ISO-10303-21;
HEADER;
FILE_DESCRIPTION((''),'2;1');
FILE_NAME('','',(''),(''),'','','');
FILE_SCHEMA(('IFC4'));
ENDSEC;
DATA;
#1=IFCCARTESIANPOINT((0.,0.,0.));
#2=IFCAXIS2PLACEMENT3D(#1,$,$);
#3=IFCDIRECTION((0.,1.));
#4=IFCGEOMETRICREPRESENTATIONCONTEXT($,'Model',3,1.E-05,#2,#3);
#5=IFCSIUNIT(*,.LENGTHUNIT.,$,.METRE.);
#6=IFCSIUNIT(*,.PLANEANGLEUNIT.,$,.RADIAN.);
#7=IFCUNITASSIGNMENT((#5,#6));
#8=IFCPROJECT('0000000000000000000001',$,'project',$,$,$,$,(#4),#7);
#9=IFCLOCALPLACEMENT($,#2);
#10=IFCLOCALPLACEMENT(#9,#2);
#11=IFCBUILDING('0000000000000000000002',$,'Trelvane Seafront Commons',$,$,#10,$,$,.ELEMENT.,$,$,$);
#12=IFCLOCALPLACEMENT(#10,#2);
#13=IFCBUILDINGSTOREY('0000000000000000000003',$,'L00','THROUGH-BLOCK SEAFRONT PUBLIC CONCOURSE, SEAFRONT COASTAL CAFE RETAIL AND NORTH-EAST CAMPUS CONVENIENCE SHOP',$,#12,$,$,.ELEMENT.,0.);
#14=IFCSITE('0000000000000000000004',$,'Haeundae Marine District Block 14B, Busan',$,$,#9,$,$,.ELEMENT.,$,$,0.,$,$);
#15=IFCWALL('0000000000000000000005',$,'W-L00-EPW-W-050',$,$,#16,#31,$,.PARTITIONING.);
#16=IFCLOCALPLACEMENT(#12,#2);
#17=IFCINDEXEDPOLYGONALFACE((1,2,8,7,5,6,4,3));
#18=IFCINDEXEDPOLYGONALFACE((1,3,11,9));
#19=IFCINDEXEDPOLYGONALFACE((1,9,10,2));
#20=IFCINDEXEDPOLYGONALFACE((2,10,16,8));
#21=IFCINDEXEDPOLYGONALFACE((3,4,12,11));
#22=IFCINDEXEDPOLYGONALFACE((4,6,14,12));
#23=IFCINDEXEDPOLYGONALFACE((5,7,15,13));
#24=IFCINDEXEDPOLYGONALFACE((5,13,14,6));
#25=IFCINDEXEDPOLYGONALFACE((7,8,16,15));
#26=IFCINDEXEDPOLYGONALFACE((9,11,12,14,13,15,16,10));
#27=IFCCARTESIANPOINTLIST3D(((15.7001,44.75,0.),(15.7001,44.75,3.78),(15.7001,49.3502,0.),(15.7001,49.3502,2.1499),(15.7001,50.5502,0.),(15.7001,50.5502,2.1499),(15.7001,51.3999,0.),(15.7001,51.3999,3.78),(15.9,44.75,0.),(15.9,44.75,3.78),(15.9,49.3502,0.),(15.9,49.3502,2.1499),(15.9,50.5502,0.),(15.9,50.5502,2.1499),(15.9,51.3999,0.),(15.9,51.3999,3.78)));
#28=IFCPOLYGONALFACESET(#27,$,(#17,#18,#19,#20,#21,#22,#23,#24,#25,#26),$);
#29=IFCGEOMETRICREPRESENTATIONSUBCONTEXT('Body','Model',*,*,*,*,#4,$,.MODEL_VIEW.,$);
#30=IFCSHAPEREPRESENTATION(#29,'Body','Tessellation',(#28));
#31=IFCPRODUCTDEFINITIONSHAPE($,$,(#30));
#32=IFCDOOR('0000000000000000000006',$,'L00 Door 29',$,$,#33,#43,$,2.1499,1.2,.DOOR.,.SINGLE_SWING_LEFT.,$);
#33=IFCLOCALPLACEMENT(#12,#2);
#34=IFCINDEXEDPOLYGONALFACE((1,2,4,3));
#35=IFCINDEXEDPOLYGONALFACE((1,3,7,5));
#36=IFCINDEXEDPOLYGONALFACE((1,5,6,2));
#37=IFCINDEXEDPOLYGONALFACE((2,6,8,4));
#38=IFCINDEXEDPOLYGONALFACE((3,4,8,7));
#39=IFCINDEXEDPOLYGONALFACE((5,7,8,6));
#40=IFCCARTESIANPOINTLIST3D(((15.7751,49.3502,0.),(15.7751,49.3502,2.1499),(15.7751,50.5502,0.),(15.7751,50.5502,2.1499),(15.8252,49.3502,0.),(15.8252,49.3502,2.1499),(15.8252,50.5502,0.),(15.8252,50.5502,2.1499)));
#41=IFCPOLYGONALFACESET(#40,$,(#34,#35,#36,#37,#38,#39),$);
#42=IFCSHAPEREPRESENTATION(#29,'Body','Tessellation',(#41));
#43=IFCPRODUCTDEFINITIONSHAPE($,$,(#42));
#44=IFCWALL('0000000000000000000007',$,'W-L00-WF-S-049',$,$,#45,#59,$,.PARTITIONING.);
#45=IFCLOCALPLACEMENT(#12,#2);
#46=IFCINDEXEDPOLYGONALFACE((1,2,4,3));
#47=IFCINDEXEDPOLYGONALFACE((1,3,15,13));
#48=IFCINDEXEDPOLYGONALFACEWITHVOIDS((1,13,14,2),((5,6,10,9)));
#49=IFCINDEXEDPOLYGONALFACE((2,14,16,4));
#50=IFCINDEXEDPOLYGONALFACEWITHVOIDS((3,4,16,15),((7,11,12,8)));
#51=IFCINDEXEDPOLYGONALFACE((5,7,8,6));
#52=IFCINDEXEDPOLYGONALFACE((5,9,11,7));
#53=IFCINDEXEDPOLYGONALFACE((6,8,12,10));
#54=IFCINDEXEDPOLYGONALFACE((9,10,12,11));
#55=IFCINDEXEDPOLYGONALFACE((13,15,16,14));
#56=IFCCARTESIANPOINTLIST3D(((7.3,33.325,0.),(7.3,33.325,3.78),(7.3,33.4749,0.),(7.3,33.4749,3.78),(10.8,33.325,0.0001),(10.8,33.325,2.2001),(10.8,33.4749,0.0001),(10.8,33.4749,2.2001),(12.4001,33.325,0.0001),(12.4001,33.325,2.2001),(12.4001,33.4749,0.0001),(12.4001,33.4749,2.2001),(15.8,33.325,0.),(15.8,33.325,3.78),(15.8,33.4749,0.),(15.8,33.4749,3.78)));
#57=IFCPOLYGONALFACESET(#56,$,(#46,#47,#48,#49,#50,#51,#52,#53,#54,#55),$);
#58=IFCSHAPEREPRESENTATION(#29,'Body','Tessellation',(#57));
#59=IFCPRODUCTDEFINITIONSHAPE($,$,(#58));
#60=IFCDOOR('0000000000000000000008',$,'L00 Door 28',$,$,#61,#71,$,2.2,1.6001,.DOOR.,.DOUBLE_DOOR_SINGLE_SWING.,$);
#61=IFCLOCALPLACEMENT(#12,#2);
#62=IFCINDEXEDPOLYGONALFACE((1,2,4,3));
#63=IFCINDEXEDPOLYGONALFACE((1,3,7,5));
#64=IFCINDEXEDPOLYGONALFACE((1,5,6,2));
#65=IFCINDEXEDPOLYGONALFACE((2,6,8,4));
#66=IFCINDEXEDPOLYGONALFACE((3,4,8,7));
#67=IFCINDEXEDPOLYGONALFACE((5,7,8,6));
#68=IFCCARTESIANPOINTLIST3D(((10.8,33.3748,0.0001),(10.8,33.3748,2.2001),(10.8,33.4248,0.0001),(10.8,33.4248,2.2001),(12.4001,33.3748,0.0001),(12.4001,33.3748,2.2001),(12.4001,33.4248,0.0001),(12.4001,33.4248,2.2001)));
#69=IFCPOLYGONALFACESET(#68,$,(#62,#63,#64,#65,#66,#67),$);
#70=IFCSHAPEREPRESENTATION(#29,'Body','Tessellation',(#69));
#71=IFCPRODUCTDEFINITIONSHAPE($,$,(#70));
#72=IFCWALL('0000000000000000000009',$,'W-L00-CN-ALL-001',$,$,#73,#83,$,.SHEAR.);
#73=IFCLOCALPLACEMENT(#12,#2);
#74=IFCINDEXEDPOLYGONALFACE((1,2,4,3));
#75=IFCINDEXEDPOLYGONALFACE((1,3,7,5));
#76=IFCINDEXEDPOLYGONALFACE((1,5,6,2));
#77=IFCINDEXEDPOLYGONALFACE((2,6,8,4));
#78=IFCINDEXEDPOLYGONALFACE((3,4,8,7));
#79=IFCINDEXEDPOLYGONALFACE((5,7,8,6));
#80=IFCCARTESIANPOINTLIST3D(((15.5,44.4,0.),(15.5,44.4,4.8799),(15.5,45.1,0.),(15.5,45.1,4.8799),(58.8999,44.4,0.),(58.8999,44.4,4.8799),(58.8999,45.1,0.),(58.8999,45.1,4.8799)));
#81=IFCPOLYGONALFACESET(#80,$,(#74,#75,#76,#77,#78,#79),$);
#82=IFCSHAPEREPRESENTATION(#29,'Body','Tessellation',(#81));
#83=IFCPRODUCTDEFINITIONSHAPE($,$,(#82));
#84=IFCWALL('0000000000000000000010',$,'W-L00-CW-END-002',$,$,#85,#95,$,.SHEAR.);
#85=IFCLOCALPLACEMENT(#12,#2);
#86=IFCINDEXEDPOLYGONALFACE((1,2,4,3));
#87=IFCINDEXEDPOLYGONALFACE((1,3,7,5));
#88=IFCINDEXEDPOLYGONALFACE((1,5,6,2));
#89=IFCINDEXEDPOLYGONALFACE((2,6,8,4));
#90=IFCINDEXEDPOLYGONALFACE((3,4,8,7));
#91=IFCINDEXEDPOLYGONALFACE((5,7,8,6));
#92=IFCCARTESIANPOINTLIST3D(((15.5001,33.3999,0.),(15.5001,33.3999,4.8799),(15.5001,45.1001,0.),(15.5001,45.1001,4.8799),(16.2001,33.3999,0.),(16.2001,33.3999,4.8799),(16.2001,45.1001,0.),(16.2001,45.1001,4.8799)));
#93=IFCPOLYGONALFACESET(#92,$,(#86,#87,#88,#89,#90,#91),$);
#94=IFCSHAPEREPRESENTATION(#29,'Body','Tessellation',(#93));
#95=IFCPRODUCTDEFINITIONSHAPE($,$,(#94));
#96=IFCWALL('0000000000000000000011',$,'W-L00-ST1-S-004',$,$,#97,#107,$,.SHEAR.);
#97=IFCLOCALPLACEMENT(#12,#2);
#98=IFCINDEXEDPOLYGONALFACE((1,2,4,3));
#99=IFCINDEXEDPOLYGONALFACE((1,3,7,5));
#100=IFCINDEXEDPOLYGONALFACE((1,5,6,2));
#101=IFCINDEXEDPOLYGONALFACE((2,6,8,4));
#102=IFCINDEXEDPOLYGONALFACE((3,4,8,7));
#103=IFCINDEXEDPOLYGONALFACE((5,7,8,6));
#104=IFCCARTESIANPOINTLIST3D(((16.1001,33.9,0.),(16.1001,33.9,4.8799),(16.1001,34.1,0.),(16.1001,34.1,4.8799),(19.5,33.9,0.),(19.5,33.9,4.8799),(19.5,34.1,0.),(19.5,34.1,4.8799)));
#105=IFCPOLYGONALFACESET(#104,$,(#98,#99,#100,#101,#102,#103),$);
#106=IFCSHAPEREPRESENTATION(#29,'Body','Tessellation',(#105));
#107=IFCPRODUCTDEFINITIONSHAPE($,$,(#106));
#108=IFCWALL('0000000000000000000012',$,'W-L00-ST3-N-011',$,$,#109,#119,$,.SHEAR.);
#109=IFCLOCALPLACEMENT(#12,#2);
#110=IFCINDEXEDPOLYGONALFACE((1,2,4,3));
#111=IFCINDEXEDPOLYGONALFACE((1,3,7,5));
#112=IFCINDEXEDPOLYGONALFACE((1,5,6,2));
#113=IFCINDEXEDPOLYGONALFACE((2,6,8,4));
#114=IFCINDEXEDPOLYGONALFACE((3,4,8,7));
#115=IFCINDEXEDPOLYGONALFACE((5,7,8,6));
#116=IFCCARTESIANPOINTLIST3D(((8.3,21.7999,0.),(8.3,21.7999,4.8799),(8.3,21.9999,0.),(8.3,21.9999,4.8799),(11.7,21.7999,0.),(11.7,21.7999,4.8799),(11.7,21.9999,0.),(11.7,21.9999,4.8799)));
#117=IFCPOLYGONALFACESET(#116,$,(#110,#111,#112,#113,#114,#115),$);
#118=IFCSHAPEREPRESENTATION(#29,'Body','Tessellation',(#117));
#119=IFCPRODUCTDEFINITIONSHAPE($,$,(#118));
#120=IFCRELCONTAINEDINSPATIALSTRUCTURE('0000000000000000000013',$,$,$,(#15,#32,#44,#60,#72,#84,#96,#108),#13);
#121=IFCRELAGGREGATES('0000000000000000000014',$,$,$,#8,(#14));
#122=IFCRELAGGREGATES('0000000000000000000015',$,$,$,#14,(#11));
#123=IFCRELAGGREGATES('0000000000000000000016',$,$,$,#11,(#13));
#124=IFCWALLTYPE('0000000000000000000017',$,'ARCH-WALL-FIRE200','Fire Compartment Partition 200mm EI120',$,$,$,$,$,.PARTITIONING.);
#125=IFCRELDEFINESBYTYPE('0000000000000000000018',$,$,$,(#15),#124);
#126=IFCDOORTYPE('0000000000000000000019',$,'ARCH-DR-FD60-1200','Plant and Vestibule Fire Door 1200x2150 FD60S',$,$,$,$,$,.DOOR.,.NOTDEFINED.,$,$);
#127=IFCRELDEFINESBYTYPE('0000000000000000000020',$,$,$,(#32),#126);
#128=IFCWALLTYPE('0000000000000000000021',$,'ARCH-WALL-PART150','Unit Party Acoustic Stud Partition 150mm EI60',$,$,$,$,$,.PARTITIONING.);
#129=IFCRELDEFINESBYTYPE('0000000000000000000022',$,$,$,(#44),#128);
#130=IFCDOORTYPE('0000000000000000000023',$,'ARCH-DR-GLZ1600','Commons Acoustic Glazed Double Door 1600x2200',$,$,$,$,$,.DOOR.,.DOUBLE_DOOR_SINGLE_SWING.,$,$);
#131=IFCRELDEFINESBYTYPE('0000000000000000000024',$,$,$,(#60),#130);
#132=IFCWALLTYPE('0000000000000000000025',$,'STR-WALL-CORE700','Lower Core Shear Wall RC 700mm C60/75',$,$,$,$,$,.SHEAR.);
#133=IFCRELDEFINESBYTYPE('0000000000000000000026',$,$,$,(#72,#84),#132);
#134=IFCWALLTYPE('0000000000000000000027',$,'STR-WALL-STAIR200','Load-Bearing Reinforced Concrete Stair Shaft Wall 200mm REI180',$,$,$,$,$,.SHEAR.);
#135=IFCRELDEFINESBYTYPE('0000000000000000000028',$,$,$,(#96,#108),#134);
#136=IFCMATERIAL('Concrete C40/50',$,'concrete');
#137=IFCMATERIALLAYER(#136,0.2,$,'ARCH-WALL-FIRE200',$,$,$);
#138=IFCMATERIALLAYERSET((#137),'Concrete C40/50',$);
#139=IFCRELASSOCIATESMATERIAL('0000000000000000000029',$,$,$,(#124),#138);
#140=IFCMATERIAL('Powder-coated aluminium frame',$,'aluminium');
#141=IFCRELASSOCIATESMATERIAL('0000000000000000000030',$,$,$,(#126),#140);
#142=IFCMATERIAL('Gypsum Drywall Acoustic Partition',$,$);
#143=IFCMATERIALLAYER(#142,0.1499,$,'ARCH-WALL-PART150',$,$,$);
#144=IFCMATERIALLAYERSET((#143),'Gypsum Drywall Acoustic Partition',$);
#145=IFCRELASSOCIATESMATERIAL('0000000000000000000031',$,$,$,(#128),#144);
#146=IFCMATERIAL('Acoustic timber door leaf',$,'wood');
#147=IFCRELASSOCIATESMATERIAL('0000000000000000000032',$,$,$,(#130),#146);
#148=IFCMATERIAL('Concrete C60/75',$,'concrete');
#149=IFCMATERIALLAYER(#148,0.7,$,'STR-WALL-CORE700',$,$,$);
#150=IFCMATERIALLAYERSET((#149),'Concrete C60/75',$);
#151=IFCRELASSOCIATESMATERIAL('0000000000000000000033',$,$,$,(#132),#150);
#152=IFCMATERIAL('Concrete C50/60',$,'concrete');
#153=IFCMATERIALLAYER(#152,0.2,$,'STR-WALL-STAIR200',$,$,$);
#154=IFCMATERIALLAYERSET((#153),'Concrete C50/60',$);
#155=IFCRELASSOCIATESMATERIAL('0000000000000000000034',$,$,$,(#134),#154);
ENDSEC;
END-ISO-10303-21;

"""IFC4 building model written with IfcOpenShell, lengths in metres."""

from ifc_helpers import new_model, si_unit, direction, frame, frame_2d, origin, place, context, subcontext, project, spatial, rectangle, extrude, source, transform, mapped, material, layer, layer_set, type_object, element, fill, save


model = new_model("IFC4")

# Units and contexts
model_context = context("Model", 3, precision=1e-05, world=origin(), true_north=direction((0.0, 1.0)))
body_context = subcontext(model_context, "Body", "Model", "MODEL_VIEW")
ifc_project = project(units=[si_unit("LENGTHUNIT", "METRE"), si_unit("PLANEANGLEUNIT", "RADIAN")], contexts=[model_context])

# Site, building, storey
site_placement = place(None, origin())
site = spatial("IfcSite", under=ifc_project, at=site_placement, Name="Haeundae Marine District Block 14B, Busan", CompositionType="ELEMENT", RefElevation=0.0)
building_placement = place(site_placement, origin())
building = spatial("IfcBuilding", under=site, at=building_placement, Name="Trelvane Seafront Commons", CompositionType="ELEMENT")
storey_placement = place(building_placement, origin())
storey = spatial("IfcBuildingStorey", under=building, at=storey_placement, Name="L00", Description="THROUGH-BLOCK SEAFRONT PUBLIC CONCOURSE, SEAFRONT COASTAL CAFE RETAIL AND NORTH-EAST CAMPUS CONVENIENCE SHOP", CompositionType="ELEMENT", Elevation=0.0)

# Shared definitions
ifc_material_1 = material(Name="Concrete C60/75", Category="concrete")

# Shared definitions
ifc_material_2 = material(Name="Concrete C50/60", Category="concrete")

# Walls, openings, doors
ifc_material_3 = material(Name="Concrete C40/50", Category="concrete")
ifc_layer_1 = layer(ifc_material_3, 0.2, Name="ARCH-WALL-FIRE200")
ifc_layer_set_1 = layer_set([ifc_layer_1], Name="Concrete C40/50")
wall_type_1 = type_object("IfcWallType", Name="ARCH-WALL-FIRE200", Description="Fire Compartment Partition 200mm EI120", PredefinedType="PARTITIONING", material=ifc_layer_set_1)
wall_1_placement = place(storey_placement, frame((15.8, 44.75, 0.0), z_axis=(0.0, 0.0, 1.0), x_axis=(0.0, 1.0, 0.0)))
wall_1 = element("IfcWall", 1, at=wall_1_placement, inside=storey, type_object=wall_type_1, Name="W-L00-EPW-W-050", PredefinedType="PARTITIONING", context=body_context, shape_type="SweptSolid", body=[
    extrude(rectangle(XDim=6.6499, YDim=0.2, at=frame_2d((3.325, 0.0))), origin(), (0.0, 0.0, 1.0), 3.78),
])
opening_1_placement = place(wall_1_placement, frame((4.6001, 0.0, 0.0)))
opening_1 = element("IfcOpeningElement", 2, at=opening_1_placement, cuts=wall_1, PredefinedType="OPENING", context=body_context, shape_type="SweptSolid", body=[
    extrude(rectangle(XDim=1.2, YDim=2.1499, at=frame_2d((0.6001, 1.075))), frame((0.0, 0.1099, 0.0), z_axis=(0.0, -1.0, 0.0), x_axis=(1.0, 0.0, 0.0)), (0.0, 0.0, 1.0), 0.22),
])
ifc_material_4 = material(Name="Powder-coated aluminium frame", Category="aluminium")
door_type_1 = type_object("IfcDoorType", Name="ARCH-DR-FD60-1200", Description="Plant and Vestibule Fire Door 1200x2150 FD60S", OperationType="NOTDEFINED", PredefinedType="DOOR", material=ifc_material_4)
shared_shape_1 = source(origin(), body_context, "Body", "SweptSolid", [
    extrude(rectangle(XDim=1.2, YDim=2.1499, at=frame_2d((0.6001, 1.075))), frame((0.0, 0.0249, 0.0), z_axis=(0.0, -1.0, 0.0), x_axis=(1.0, 0.0, 0.0)), (0.0, 0.0, 1.0), 0.05),
])
door_1_placement = place(opening_1_placement, origin())
door_1 = element("IfcDoor", 3, at=door_1_placement, inside=storey, type_object=door_type_1, Name="L00 Door 29", OperationType="SINGLE_SWING_LEFT", OverallHeight=2.1499, OverallWidth=1.2, PredefinedType="DOOR", context=body_context, shape_type="MappedRepresentation", body=[
    mapped(shared_shape_1, transform((0.0, 0.0, 0.0), x_axis=(1.0, 0.0, 0.0), y_axis=(0.0, 1.0, 0.0), z_axis=(0.0, 0.0, 1.0), scale=1.0)),
])
fill(opening_1, door_1)
ifc_material_5 = material(Name="Gypsum Drywall Acoustic Partition")
ifc_layer_2 = layer(ifc_material_5, 0.1499, Name="ARCH-WALL-PART150")
ifc_layer_set_2 = layer_set([ifc_layer_2], Name="Gypsum Drywall Acoustic Partition")
wall_type_2 = type_object("IfcWallType", Name="ARCH-WALL-PART150", Description="Unit Party Acoustic Stud Partition 150mm EI60", PredefinedType="PARTITIONING", material=ifc_layer_set_2)
wall_2_placement = place(storey_placement, frame((7.3, 33.3999, 0.0), z_axis=(0.0, 0.0, 1.0), x_axis=(1.0, 0.0, 0.0)))
wall_2 = element("IfcWall", 4, at=wall_2_placement, inside=storey, type_object=wall_type_2, Name="W-L00-WF-S-049", PredefinedType="PARTITIONING", context=body_context, shape_type="SweptSolid", body=[
    extrude(rectangle(XDim=8.5, YDim=0.1499, at=frame_2d((4.25, 0.0))), origin(), (0.0, 0.0, 1.0), 3.78),
])
opening_2_placement = place(wall_2_placement, frame((3.5, 0.0, 0.0)))
opening_2 = element("IfcOpeningElement", 5, at=opening_2_placement, cuts=wall_2, PredefinedType="OPENING", context=body_context, shape_type="SweptSolid", body=[
    extrude(rectangle(XDim=1.6001, YDim=2.2, at=frame_2d((0.8, 1.1001))), frame((0.0, 0.085, 0.0), z_axis=(0.0, -1.0, 0.0), x_axis=(1.0, 0.0, 0.0)), (0.0, 0.0, 1.0), 0.1699),
])
ifc_material_6 = material(Name="Acoustic timber door leaf", Category="wood")
door_type_2 = type_object("IfcDoorType", Name="ARCH-DR-GLZ1600", Description="Commons Acoustic Glazed Double Door 1600x2200", OperationType="DOUBLE_DOOR_SINGLE_SWING", PredefinedType="DOOR", material=ifc_material_6)
shared_shape_2 = source(origin(), body_context, "Body", "SweptSolid", [
    extrude(rectangle(XDim=1.6001, YDim=2.2, at=frame_2d((0.8, 1.1001))), frame((0.0, 0.0249, 0.0), z_axis=(0.0, -1.0, 0.0), x_axis=(1.0, 0.0, 0.0)), (0.0, 0.0, 1.0), 0.05),
])
door_2_placement = place(opening_2_placement, origin())
door_2 = element("IfcDoor", 6, at=door_2_placement, inside=storey, type_object=door_type_2, Name="L00 Door 28", OperationType="DOUBLE_DOOR_SINGLE_SWING", OverallHeight=2.2, OverallWidth=1.6001, PredefinedType="DOOR", context=body_context, shape_type="MappedRepresentation", body=[
    mapped(shared_shape_2, transform((0.0, 0.0, 0.0), x_axis=(1.0, 0.0, 0.0), y_axis=(0.0, 1.0, 0.0), z_axis=(0.0, 0.0, 1.0), scale=1.0)),
])
fill(opening_2, door_2)

# Walls
ifc_layer_3 = layer(ifc_material_1, 0.7, Name="STR-WALL-CORE700")
ifc_layer_set_3 = layer_set([ifc_layer_3], Name="Concrete C60/75")
wall_type_3 = type_object("IfcWallType", Name="STR-WALL-CORE700", Description="Lower Core Shear Wall RC 700mm C60/75", PredefinedType="SHEAR", material=ifc_layer_set_3)
wall_3_placement = place(storey_placement, frame((15.5, 44.75, 0.0), z_axis=(0.0, 0.0, 1.0), x_axis=(1.0, 0.0, 0.0)))
element("IfcWall", 7, at=wall_3_placement, inside=storey, type_object=wall_type_3, Name="W-L00-CN-ALL-001", PredefinedType="SHEAR", context=body_context, shape_type="SweptSolid", body=[
    extrude(rectangle(XDim=43.3999, YDim=0.7, at=frame_2d((21.7, 0.0))), origin(), (0.0, 0.0, 1.0), 4.8799),
])
wall_4_placement = place(storey_placement, frame((15.8501, 33.3999, 0.0), z_axis=(0.0, 0.0, 1.0), x_axis=(0.0, 1.0, 0.0)))
element("IfcWall", 8, at=wall_4_placement, inside=storey, type_object=wall_type_3, Name="W-L00-CW-END-002", PredefinedType="SHEAR", context=body_context, shape_type="SweptSolid", body=[
    extrude(rectangle(XDim=11.7002, YDim=0.7, at=frame_2d((5.8501, 0.0))), origin(), (0.0, 0.0, 1.0), 4.8799),
])
ifc_layer_4 = layer(ifc_material_2, 0.2, Name="STR-WALL-STAIR200")
ifc_layer_set_4 = layer_set([ifc_layer_4], Name="Concrete C50/60")
wall_type_4 = type_object("IfcWallType", Name="STR-WALL-STAIR200", Description="Load-Bearing Reinforced Concrete Stair Shaft Wall 200mm REI180", PredefinedType="SHEAR", material=ifc_layer_set_4)
for number, where, z_axis, x_axis, name in (
    (9, (16.1001, 34.0, 0.0), (0.0, 0.0, 1.0), (1.0, 0.0, 0.0), "W-L00-ST1-S-004"),
    (10, (8.3, 21.8999, 0.0), (0.0, 0.0, 1.0), (1.0, 0.0, 0.0), "W-L00-ST3-N-011"),
):
    element("IfcWall", number, at=place(storey_placement, frame(where, z_axis=z_axis, x_axis=x_axis)), inside=storey, type_object=wall_type_4, Name=name, PredefinedType="SHEAR", context=body_context, shape_type="SweptSolid", body=[
        extrude(rectangle(XDim=3.3999, YDim=0.2, at=frame_2d((1.7, 0.0))), origin(), (0.0, 0.0, 1.0), 4.8799),
    ])

save(model, "model.ifc")
